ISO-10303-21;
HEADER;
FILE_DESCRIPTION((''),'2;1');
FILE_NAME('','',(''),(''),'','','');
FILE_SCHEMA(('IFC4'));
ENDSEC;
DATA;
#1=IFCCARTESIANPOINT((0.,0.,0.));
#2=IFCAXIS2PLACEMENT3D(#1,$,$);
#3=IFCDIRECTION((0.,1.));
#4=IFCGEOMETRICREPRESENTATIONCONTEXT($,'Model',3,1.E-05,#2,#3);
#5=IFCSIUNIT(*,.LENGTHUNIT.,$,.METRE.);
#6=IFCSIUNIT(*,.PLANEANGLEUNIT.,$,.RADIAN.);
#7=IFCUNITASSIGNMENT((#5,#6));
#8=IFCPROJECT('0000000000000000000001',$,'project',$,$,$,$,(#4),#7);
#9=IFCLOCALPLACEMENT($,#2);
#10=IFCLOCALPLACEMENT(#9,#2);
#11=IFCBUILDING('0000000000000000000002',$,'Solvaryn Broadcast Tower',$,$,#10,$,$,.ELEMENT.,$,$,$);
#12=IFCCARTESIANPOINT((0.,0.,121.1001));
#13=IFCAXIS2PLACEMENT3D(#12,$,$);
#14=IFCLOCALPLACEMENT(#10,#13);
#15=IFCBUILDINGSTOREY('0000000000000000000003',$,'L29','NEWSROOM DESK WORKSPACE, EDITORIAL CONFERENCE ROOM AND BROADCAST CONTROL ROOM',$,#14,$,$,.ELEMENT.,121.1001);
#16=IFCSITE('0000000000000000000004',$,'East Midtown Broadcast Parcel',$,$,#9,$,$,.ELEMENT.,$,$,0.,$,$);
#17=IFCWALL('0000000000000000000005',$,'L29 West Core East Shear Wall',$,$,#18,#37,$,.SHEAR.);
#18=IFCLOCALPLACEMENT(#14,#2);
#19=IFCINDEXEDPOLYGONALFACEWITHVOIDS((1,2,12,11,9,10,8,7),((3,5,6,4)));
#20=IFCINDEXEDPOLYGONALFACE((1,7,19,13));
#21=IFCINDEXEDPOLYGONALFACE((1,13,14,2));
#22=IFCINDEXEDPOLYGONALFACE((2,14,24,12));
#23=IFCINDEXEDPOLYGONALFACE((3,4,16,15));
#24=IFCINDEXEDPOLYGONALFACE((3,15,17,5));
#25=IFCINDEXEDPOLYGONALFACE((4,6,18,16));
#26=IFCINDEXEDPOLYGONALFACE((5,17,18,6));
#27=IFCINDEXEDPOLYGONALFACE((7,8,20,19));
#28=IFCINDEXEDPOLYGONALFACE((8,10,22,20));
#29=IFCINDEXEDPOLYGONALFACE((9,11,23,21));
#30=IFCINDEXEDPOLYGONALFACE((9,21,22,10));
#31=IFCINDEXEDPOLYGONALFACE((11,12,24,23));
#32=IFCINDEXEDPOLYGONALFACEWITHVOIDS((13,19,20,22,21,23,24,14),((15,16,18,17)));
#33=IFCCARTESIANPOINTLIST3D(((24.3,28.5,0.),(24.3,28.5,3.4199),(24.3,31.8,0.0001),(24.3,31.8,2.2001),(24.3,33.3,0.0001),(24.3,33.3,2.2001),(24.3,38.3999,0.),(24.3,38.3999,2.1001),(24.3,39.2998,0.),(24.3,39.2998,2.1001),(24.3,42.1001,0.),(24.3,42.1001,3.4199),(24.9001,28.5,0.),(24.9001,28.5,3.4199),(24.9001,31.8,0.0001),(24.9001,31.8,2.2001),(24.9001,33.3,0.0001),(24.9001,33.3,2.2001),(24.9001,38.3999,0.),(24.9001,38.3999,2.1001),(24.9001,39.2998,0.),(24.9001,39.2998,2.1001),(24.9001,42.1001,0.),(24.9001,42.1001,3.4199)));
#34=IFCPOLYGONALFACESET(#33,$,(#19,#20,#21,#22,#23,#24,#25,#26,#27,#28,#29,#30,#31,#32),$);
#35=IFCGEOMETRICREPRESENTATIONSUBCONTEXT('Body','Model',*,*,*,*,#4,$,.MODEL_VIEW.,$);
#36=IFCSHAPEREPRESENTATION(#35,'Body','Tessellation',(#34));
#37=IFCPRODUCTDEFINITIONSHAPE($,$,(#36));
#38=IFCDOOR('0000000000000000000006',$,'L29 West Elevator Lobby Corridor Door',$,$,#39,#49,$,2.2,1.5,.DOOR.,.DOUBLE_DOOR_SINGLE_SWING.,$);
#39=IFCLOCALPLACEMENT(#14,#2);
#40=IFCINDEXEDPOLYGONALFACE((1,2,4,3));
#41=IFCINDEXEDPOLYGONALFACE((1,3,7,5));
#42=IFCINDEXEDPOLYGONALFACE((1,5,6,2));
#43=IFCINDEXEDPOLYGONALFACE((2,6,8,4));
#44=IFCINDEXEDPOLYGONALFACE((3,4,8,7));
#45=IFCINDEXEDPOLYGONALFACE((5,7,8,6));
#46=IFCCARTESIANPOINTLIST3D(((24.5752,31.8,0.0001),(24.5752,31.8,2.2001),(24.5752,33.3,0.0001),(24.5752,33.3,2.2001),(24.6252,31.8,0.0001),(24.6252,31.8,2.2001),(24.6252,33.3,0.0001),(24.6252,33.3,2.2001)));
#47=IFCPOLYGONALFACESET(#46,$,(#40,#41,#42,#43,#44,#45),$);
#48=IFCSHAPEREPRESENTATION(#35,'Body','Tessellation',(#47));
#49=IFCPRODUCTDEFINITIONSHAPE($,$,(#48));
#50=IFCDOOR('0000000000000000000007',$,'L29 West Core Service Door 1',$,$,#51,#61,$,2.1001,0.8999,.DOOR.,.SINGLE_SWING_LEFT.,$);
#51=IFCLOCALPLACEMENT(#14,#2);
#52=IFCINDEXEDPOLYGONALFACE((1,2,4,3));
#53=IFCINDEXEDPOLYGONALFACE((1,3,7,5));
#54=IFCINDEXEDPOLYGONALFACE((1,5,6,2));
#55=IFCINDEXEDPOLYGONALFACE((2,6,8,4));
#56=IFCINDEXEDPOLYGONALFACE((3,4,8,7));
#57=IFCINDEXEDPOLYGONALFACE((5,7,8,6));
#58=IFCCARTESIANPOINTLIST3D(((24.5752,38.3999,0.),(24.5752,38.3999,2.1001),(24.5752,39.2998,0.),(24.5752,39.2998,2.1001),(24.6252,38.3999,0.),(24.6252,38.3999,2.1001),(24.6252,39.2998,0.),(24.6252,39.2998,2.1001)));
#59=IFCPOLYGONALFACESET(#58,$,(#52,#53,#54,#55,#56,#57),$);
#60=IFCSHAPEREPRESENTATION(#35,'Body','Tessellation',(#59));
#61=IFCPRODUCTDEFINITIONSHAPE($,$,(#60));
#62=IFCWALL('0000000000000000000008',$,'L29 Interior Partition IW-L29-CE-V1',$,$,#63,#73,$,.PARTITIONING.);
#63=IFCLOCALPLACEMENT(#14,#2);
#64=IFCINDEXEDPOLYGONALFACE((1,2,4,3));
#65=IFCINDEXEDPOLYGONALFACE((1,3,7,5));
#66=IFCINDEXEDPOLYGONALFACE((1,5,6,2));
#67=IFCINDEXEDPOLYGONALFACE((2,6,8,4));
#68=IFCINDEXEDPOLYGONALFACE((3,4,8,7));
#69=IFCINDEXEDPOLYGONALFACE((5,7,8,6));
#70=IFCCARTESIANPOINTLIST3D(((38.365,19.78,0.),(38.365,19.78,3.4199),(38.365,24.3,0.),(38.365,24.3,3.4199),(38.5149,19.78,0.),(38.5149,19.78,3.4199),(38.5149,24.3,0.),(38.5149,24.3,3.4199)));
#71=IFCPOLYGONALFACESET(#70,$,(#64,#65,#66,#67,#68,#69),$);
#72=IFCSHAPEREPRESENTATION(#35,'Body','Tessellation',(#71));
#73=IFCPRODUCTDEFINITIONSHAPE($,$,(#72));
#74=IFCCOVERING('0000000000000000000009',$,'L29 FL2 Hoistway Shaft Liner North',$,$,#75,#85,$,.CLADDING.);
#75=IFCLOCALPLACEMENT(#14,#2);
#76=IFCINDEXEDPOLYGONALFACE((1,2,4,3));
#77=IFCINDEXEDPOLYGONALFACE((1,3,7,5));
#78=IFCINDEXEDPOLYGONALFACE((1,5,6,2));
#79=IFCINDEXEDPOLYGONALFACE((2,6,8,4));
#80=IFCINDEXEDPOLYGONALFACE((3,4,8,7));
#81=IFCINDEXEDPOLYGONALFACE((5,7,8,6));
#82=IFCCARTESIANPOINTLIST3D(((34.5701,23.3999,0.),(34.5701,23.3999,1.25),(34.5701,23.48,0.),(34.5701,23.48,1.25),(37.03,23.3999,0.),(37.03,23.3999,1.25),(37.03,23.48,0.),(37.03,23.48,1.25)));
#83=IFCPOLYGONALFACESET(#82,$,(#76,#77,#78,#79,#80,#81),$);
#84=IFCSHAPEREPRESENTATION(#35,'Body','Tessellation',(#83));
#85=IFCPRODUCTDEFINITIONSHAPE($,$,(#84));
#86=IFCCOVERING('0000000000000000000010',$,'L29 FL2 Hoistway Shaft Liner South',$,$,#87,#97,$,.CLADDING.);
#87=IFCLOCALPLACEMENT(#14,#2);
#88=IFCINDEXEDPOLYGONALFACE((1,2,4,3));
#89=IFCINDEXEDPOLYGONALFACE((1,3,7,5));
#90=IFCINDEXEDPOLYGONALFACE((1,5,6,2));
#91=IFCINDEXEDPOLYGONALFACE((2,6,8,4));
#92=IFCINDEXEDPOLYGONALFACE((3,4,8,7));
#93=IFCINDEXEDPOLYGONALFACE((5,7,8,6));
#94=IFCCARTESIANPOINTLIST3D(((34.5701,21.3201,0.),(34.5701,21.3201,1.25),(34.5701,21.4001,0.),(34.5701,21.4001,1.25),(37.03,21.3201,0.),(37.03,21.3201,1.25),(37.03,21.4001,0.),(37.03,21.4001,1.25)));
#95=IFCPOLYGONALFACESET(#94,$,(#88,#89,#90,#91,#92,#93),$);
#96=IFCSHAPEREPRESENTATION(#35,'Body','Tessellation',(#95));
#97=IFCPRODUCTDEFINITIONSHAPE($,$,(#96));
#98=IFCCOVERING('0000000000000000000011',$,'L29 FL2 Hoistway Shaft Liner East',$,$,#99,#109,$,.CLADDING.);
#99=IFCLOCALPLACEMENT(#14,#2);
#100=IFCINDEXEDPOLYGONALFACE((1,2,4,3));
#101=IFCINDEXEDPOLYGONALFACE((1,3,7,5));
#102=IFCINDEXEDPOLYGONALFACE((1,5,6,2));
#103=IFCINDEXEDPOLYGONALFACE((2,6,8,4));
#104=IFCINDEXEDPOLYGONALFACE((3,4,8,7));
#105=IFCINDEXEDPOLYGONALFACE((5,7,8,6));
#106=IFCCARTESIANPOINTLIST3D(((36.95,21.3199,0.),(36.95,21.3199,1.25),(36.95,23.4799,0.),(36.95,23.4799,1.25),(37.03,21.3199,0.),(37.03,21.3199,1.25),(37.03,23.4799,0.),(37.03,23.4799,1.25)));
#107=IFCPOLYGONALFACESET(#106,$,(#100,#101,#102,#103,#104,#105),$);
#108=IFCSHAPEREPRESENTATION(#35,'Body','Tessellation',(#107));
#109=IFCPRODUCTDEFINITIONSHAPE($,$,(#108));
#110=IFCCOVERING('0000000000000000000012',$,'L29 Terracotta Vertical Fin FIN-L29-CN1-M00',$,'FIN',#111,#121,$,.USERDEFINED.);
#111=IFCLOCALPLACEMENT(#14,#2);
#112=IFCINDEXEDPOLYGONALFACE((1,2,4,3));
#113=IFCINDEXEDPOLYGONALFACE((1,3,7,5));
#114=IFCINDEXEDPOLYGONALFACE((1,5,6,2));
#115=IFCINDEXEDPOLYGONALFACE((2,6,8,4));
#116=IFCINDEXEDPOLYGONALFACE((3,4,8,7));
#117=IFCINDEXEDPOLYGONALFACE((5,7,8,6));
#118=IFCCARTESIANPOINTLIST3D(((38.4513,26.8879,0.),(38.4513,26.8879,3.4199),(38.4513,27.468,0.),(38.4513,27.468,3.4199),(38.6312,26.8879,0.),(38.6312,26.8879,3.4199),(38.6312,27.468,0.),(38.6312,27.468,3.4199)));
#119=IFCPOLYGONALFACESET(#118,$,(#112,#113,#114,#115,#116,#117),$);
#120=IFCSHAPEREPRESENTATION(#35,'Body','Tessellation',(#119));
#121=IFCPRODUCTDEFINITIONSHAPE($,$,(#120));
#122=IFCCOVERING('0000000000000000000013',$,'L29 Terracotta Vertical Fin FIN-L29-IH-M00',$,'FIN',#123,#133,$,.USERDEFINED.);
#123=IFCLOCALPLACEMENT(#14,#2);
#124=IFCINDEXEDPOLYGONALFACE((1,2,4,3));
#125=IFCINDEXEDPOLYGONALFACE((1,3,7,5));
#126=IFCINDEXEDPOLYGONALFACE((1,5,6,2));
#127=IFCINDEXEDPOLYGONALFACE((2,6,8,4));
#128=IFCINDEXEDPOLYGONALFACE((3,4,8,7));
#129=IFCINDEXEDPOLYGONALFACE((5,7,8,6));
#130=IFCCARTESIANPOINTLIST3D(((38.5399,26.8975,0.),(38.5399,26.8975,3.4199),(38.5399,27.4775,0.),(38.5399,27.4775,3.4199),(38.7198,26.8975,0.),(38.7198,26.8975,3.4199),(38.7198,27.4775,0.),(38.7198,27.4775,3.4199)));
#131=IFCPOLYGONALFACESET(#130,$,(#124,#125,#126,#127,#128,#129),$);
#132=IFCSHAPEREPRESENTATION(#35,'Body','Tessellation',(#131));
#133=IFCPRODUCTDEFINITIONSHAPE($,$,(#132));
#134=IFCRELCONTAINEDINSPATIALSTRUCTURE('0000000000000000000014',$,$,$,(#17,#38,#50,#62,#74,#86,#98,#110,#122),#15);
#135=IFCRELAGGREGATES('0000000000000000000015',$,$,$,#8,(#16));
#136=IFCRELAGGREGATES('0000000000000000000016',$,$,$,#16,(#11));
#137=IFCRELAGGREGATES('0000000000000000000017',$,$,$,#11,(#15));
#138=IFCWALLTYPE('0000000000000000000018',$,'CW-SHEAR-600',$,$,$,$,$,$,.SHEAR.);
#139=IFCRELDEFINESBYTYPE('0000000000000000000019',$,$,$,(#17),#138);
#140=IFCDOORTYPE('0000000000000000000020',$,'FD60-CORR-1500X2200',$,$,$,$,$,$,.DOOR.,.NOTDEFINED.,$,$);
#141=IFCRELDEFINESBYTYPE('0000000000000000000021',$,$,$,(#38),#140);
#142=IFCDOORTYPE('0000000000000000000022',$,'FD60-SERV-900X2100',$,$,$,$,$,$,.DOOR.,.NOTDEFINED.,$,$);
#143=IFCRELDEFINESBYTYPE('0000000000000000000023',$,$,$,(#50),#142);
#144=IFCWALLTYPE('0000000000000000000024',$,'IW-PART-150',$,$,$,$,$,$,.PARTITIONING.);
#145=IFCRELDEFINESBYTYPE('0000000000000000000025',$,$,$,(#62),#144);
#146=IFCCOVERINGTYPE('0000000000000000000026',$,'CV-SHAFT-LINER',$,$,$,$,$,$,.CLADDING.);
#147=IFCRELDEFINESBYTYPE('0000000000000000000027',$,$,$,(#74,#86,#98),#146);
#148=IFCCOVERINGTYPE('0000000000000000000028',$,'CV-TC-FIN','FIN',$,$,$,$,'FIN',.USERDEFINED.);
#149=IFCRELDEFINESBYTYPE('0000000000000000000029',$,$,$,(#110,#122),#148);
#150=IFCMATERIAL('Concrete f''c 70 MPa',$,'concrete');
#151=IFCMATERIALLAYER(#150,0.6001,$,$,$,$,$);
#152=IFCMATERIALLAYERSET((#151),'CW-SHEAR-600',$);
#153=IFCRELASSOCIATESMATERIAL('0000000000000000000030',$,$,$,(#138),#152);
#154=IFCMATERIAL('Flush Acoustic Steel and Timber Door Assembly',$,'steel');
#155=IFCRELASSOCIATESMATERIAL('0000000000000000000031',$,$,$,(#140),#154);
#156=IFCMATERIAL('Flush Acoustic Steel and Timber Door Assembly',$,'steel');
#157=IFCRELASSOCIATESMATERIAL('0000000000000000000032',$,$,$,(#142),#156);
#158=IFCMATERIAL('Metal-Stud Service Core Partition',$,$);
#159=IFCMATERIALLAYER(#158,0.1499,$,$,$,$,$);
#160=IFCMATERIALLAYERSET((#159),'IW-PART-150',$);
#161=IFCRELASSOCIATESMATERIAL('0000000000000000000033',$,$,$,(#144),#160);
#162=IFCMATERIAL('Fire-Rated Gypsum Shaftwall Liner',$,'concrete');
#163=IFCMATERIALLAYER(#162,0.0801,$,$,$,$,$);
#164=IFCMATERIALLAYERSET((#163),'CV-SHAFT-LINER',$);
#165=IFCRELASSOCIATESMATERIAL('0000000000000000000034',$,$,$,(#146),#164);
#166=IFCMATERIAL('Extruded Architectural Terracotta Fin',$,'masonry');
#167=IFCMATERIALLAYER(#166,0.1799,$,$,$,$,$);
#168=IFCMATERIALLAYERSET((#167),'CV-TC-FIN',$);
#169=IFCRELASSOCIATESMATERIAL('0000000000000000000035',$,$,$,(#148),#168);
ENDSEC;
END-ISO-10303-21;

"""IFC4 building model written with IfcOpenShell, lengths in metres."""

from ifc_helpers import new_model, si_unit, direction, frame, frame_2d, origin, origin_2d, place, context, subcontext, project, spatial, rectangle, extrude, material, layer, layer_set, type_object, element, fill, save


model = new_model("IFC4")

# Units and contexts
model_context = context("Model", 3, precision=1e-05, world=origin(), true_north=direction((0.0, 1.0)))
body_context = subcontext(model_context, "Body", "Model", "MODEL_VIEW")
ifc_project = project(units=[si_unit("LENGTHUNIT", "METRE"), si_unit("PLANEANGLEUNIT", "RADIAN")], contexts=[model_context])

# Site, building, storey
site_placement = place(None, origin())
site = spatial("IfcSite", under=ifc_project, at=site_placement, Name="East Midtown Broadcast Parcel", CompositionType="ELEMENT", RefElevation=0.0)
building_placement = place(site_placement, origin())
building = spatial("IfcBuilding", under=site, at=building_placement, Name="Solvaryn Broadcast Tower", CompositionType="ELEMENT")
storey_placement = place(building_placement, frame((0.0, 0.0, 121.1001)))
storey = spatial("IfcBuildingStorey", under=building, at=storey_placement, Name="L29", Description="NEWSROOM DESK WORKSPACE, EDITORIAL CONFERENCE ROOM AND BROADCAST CONTROL ROOM", CompositionType="ELEMENT", Elevation=121.1001)

# Wall, openings, doors
ifc_material_1 = material(Name="Concrete f'c 70 MPa", Category="concrete")
ifc_layer_1 = layer(ifc_material_1, 0.6001)
ifc_layer_set_1 = layer_set([ifc_layer_1], Name="CW-SHEAR-600")
wall_type_1 = type_object("IfcWallType", Name="CW-SHEAR-600", PredefinedType="SHEAR", material=ifc_layer_set_1)
wall_1_placement = place(storey_placement, frame((24.6001, 28.5, 0.0), z_axis=(0.0, 0.0, 1.0), x_axis=(0.0, 1.0, 0.0)))
wall_1 = element("IfcWall", 1, at=wall_1_placement, inside=storey, type_object=wall_type_1, Name="L29 West Core East Shear Wall", PredefinedType="SHEAR", context=body_context, shape_type="SweptSolid", body=[
    extrude(rectangle(XDim=13.6001, YDim=0.6001, at=frame_2d((6.8, 0.0))), origin(), (0.0, 0.0, 1.0), 3.4199),
])
opening_1_placement = place(wall_1_placement, frame((3.3, 0.0, 0.0)))
opening_1 = element("IfcOpeningElement", 2, at=opening_1_placement, cuts=wall_1, PredefinedType="OPENING", context=body_context, shape_type="SweptSolid", body=[
    extrude(rectangle(XDim=1.5, YDim=2.2, at=frame_2d((0.75, 1.1001))), frame((0.0, 0.3101, 0.0), z_axis=(0.0, -1.0, 0.0), x_axis=(1.0, 0.0, 0.0)), (0.0, 0.0, 1.0), 0.6201),
])
opening_2_placement = place(wall_1_placement, frame((9.8999, 0.0, 0.0)))
opening_2 = element("IfcOpeningElement", 3, at=opening_2_placement, cuts=wall_1, PredefinedType="OPENING", context=body_context, shape_type="SweptSolid", body=[
    extrude(rectangle(XDim=0.8999, YDim=2.1001, at=frame_2d((0.45, 1.05))), frame((0.0, 0.3101, 0.0), z_axis=(0.0, -1.0, 0.0), x_axis=(1.0, 0.0, 0.0)), (0.0, 0.0, 1.0), 0.6201),
])
ifc_material_2 = material(Name="Flush Acoustic Steel and Timber Door Assembly", Category="steel")
door_type_1 = type_object("IfcDoorType", Name="FD60-CORR-1500X2200", OperationType="NOTDEFINED", PredefinedType="DOOR", material=ifc_material_2)
door_1_placement = place(opening_1_placement, origin())
door_1 = element("IfcDoor", 4, at=door_1_placement, inside=storey, type_object=door_type_1, Name="L29 West Elevator Lobby Corridor Door", OperationType="DOUBLE_DOOR_SINGLE_SWING", OverallHeight=2.2, OverallWidth=1.5, PredefinedType="DOOR", context=body_context, shape_type="SweptSolid", body=[
    extrude(rectangle(XDim=1.5, YDim=2.2, at=frame_2d((0.75, 1.1001))), frame((0.0, 0.0249, 0.0), z_axis=(0.0, -1.0, 0.0), x_axis=(1.0, 0.0, 0.0)), (0.0, 0.0, 1.0), 0.05),
])
fill(opening_1, door_1)
ifc_material_3 = material(Name="Flush Acoustic Steel and Timber Door Assembly", Category="steel")
door_type_2 = type_object("IfcDoorType", Name="FD60-SERV-900X2100", OperationType="NOTDEFINED", PredefinedType="DOOR", material=ifc_material_3)
door_2_placement = place(opening_2_placement, origin())
door_2 = element("IfcDoor", 5, at=door_2_placement, inside=storey, type_object=door_type_2, Name="L29 West Core Service Door 1", OperationType="SINGLE_SWING_LEFT", OverallHeight=2.1001, OverallWidth=0.8999, PredefinedType="DOOR", context=body_context, shape_type="SweptSolid", body=[
    extrude(rectangle(XDim=0.8999, YDim=2.1001, at=frame_2d((0.45, 1.05))), frame((0.0, 0.0249, 0.0), z_axis=(0.0, -1.0, 0.0), x_axis=(1.0, 0.0, 0.0)), (0.0, 0.0, 1.0), 0.05),
])
fill(opening_2, door_2)

# Wall
ifc_material_4 = material(Name="Metal-Stud Service Core Partition")
ifc_layer_2 = layer(ifc_material_4, 0.1499)
ifc_layer_set_2 = layer_set([ifc_layer_2], Name="IW-PART-150")
wall_type_2 = type_object("IfcWallType", Name="IW-PART-150", PredefinedType="PARTITIONING", material=ifc_layer_set_2)
wall_2_placement = place(storey_placement, frame((38.4399, 19.78, 0.0), z_axis=(0.0, 0.0, 1.0), x_axis=(0.0, 1.0, 0.0)))
element("IfcWall", 6, at=wall_2_placement, inside=storey, type_object=wall_type_2, Name="L29 Interior Partition IW-L29-CE-V1", PredefinedType="PARTITIONING", context=body_context, shape_type="SweptSolid", body=[
    extrude(rectangle(XDim=4.52, YDim=0.1499, at=frame_2d((2.26, 0.0))), origin(), (0.0, 0.0, 1.0), 3.4199),
])

# Coverings
ifc_material_5 = material(Name="Fire-Rated Gypsum Shaftwall Liner", Category="concrete")
ifc_layer_3 = layer(ifc_material_5, 0.0801)
ifc_layer_set_3 = layer_set([ifc_layer_3], Name="CV-SHAFT-LINER")
covering_type_1 = type_object("IfcCoveringType", Name="CV-SHAFT-LINER", PredefinedType="CLADDING", material=ifc_layer_set_3)
for number, where, z_axis, x_axis, name in (
    (7, (35.8, 23.4399, 0.0), (0.0, 0.0, 1.0), (1.0, 0.0, 0.0), "L29 FL2 Hoistway Shaft Liner North"),
    (8, (35.8, 21.3601, 0.0), (0.0, 0.0, 1.0), (1.0, 0.0, 0.0), "L29 FL2 Hoistway Shaft Liner South"),
):
    element("IfcCovering", number, at=place(storey_placement, frame(where, z_axis=z_axis, x_axis=x_axis)), inside=storey, type_object=covering_type_1, Name=name, PredefinedType="CLADDING", context=body_context, shape_type="SweptSolid", body=[
        extrude(rectangle(XDim=2.46, YDim=0.0801, at=origin_2d()), origin(), (0.0, 0.0, 1.0), 1.25),
    ])
covering_placement = place(storey_placement, frame((36.99, 22.3999, 0.0), z_axis=(0.0, 0.0, 1.0), x_axis=(1.0, 0.0, 0.0)))
element("IfcCovering", 9, at=covering_placement, inside=storey, type_object=covering_type_1, Name="L29 FL2 Hoistway Shaft Liner East", PredefinedType="CLADDING", context=body_context, shape_type="SweptSolid", body=[
    extrude(rectangle(XDim=0.0801, YDim=2.1599, at=origin_2d()), origin(), (0.0, 0.0, 1.0), 1.25),
])
ifc_material_6 = material(Name="Extruded Architectural Terracotta Fin", Category="masonry")
ifc_layer_4 = layer(ifc_material_6, 0.1799)
ifc_layer_set_4 = layer_set([ifc_layer_4], Name="CV-TC-FIN")
covering_type_2 = type_object("IfcCoveringType", Name="CV-TC-FIN", Description="FIN", ElementType="FIN", PredefinedType="USERDEFINED", material=ifc_layer_set_4)
for number, where, z_axis, x_axis, name in (
    (10, (38.5413, 27.178, 0.0), (0.0, 0.0, 1.0), (1.0, 0.0, 0.0), "L29 Terracotta Vertical Fin FIN-L29-CN1-M00"),
    (11, (38.6299, 27.1875, 0.0), (0.0, 0.0, 1.0), (1.0, 0.0, 0.0), "L29 Terracotta Vertical Fin FIN-L29-IH-M00"),
):
    element("IfcCovering", number, at=place(storey_placement, frame(where, z_axis=z_axis, x_axis=x_axis)), inside=storey, type_object=covering_type_2, Name=name, ObjectType="FIN", PredefinedType="USERDEFINED", context=body_context, shape_type="SweptSolid", body=[
        extrude(rectangle(XDim=0.1799, YDim=0.5801, at=origin_2d()), origin(), (0.0, 0.0, 1.0), 3.4199),
    ])

save(model, "model.ifc")
